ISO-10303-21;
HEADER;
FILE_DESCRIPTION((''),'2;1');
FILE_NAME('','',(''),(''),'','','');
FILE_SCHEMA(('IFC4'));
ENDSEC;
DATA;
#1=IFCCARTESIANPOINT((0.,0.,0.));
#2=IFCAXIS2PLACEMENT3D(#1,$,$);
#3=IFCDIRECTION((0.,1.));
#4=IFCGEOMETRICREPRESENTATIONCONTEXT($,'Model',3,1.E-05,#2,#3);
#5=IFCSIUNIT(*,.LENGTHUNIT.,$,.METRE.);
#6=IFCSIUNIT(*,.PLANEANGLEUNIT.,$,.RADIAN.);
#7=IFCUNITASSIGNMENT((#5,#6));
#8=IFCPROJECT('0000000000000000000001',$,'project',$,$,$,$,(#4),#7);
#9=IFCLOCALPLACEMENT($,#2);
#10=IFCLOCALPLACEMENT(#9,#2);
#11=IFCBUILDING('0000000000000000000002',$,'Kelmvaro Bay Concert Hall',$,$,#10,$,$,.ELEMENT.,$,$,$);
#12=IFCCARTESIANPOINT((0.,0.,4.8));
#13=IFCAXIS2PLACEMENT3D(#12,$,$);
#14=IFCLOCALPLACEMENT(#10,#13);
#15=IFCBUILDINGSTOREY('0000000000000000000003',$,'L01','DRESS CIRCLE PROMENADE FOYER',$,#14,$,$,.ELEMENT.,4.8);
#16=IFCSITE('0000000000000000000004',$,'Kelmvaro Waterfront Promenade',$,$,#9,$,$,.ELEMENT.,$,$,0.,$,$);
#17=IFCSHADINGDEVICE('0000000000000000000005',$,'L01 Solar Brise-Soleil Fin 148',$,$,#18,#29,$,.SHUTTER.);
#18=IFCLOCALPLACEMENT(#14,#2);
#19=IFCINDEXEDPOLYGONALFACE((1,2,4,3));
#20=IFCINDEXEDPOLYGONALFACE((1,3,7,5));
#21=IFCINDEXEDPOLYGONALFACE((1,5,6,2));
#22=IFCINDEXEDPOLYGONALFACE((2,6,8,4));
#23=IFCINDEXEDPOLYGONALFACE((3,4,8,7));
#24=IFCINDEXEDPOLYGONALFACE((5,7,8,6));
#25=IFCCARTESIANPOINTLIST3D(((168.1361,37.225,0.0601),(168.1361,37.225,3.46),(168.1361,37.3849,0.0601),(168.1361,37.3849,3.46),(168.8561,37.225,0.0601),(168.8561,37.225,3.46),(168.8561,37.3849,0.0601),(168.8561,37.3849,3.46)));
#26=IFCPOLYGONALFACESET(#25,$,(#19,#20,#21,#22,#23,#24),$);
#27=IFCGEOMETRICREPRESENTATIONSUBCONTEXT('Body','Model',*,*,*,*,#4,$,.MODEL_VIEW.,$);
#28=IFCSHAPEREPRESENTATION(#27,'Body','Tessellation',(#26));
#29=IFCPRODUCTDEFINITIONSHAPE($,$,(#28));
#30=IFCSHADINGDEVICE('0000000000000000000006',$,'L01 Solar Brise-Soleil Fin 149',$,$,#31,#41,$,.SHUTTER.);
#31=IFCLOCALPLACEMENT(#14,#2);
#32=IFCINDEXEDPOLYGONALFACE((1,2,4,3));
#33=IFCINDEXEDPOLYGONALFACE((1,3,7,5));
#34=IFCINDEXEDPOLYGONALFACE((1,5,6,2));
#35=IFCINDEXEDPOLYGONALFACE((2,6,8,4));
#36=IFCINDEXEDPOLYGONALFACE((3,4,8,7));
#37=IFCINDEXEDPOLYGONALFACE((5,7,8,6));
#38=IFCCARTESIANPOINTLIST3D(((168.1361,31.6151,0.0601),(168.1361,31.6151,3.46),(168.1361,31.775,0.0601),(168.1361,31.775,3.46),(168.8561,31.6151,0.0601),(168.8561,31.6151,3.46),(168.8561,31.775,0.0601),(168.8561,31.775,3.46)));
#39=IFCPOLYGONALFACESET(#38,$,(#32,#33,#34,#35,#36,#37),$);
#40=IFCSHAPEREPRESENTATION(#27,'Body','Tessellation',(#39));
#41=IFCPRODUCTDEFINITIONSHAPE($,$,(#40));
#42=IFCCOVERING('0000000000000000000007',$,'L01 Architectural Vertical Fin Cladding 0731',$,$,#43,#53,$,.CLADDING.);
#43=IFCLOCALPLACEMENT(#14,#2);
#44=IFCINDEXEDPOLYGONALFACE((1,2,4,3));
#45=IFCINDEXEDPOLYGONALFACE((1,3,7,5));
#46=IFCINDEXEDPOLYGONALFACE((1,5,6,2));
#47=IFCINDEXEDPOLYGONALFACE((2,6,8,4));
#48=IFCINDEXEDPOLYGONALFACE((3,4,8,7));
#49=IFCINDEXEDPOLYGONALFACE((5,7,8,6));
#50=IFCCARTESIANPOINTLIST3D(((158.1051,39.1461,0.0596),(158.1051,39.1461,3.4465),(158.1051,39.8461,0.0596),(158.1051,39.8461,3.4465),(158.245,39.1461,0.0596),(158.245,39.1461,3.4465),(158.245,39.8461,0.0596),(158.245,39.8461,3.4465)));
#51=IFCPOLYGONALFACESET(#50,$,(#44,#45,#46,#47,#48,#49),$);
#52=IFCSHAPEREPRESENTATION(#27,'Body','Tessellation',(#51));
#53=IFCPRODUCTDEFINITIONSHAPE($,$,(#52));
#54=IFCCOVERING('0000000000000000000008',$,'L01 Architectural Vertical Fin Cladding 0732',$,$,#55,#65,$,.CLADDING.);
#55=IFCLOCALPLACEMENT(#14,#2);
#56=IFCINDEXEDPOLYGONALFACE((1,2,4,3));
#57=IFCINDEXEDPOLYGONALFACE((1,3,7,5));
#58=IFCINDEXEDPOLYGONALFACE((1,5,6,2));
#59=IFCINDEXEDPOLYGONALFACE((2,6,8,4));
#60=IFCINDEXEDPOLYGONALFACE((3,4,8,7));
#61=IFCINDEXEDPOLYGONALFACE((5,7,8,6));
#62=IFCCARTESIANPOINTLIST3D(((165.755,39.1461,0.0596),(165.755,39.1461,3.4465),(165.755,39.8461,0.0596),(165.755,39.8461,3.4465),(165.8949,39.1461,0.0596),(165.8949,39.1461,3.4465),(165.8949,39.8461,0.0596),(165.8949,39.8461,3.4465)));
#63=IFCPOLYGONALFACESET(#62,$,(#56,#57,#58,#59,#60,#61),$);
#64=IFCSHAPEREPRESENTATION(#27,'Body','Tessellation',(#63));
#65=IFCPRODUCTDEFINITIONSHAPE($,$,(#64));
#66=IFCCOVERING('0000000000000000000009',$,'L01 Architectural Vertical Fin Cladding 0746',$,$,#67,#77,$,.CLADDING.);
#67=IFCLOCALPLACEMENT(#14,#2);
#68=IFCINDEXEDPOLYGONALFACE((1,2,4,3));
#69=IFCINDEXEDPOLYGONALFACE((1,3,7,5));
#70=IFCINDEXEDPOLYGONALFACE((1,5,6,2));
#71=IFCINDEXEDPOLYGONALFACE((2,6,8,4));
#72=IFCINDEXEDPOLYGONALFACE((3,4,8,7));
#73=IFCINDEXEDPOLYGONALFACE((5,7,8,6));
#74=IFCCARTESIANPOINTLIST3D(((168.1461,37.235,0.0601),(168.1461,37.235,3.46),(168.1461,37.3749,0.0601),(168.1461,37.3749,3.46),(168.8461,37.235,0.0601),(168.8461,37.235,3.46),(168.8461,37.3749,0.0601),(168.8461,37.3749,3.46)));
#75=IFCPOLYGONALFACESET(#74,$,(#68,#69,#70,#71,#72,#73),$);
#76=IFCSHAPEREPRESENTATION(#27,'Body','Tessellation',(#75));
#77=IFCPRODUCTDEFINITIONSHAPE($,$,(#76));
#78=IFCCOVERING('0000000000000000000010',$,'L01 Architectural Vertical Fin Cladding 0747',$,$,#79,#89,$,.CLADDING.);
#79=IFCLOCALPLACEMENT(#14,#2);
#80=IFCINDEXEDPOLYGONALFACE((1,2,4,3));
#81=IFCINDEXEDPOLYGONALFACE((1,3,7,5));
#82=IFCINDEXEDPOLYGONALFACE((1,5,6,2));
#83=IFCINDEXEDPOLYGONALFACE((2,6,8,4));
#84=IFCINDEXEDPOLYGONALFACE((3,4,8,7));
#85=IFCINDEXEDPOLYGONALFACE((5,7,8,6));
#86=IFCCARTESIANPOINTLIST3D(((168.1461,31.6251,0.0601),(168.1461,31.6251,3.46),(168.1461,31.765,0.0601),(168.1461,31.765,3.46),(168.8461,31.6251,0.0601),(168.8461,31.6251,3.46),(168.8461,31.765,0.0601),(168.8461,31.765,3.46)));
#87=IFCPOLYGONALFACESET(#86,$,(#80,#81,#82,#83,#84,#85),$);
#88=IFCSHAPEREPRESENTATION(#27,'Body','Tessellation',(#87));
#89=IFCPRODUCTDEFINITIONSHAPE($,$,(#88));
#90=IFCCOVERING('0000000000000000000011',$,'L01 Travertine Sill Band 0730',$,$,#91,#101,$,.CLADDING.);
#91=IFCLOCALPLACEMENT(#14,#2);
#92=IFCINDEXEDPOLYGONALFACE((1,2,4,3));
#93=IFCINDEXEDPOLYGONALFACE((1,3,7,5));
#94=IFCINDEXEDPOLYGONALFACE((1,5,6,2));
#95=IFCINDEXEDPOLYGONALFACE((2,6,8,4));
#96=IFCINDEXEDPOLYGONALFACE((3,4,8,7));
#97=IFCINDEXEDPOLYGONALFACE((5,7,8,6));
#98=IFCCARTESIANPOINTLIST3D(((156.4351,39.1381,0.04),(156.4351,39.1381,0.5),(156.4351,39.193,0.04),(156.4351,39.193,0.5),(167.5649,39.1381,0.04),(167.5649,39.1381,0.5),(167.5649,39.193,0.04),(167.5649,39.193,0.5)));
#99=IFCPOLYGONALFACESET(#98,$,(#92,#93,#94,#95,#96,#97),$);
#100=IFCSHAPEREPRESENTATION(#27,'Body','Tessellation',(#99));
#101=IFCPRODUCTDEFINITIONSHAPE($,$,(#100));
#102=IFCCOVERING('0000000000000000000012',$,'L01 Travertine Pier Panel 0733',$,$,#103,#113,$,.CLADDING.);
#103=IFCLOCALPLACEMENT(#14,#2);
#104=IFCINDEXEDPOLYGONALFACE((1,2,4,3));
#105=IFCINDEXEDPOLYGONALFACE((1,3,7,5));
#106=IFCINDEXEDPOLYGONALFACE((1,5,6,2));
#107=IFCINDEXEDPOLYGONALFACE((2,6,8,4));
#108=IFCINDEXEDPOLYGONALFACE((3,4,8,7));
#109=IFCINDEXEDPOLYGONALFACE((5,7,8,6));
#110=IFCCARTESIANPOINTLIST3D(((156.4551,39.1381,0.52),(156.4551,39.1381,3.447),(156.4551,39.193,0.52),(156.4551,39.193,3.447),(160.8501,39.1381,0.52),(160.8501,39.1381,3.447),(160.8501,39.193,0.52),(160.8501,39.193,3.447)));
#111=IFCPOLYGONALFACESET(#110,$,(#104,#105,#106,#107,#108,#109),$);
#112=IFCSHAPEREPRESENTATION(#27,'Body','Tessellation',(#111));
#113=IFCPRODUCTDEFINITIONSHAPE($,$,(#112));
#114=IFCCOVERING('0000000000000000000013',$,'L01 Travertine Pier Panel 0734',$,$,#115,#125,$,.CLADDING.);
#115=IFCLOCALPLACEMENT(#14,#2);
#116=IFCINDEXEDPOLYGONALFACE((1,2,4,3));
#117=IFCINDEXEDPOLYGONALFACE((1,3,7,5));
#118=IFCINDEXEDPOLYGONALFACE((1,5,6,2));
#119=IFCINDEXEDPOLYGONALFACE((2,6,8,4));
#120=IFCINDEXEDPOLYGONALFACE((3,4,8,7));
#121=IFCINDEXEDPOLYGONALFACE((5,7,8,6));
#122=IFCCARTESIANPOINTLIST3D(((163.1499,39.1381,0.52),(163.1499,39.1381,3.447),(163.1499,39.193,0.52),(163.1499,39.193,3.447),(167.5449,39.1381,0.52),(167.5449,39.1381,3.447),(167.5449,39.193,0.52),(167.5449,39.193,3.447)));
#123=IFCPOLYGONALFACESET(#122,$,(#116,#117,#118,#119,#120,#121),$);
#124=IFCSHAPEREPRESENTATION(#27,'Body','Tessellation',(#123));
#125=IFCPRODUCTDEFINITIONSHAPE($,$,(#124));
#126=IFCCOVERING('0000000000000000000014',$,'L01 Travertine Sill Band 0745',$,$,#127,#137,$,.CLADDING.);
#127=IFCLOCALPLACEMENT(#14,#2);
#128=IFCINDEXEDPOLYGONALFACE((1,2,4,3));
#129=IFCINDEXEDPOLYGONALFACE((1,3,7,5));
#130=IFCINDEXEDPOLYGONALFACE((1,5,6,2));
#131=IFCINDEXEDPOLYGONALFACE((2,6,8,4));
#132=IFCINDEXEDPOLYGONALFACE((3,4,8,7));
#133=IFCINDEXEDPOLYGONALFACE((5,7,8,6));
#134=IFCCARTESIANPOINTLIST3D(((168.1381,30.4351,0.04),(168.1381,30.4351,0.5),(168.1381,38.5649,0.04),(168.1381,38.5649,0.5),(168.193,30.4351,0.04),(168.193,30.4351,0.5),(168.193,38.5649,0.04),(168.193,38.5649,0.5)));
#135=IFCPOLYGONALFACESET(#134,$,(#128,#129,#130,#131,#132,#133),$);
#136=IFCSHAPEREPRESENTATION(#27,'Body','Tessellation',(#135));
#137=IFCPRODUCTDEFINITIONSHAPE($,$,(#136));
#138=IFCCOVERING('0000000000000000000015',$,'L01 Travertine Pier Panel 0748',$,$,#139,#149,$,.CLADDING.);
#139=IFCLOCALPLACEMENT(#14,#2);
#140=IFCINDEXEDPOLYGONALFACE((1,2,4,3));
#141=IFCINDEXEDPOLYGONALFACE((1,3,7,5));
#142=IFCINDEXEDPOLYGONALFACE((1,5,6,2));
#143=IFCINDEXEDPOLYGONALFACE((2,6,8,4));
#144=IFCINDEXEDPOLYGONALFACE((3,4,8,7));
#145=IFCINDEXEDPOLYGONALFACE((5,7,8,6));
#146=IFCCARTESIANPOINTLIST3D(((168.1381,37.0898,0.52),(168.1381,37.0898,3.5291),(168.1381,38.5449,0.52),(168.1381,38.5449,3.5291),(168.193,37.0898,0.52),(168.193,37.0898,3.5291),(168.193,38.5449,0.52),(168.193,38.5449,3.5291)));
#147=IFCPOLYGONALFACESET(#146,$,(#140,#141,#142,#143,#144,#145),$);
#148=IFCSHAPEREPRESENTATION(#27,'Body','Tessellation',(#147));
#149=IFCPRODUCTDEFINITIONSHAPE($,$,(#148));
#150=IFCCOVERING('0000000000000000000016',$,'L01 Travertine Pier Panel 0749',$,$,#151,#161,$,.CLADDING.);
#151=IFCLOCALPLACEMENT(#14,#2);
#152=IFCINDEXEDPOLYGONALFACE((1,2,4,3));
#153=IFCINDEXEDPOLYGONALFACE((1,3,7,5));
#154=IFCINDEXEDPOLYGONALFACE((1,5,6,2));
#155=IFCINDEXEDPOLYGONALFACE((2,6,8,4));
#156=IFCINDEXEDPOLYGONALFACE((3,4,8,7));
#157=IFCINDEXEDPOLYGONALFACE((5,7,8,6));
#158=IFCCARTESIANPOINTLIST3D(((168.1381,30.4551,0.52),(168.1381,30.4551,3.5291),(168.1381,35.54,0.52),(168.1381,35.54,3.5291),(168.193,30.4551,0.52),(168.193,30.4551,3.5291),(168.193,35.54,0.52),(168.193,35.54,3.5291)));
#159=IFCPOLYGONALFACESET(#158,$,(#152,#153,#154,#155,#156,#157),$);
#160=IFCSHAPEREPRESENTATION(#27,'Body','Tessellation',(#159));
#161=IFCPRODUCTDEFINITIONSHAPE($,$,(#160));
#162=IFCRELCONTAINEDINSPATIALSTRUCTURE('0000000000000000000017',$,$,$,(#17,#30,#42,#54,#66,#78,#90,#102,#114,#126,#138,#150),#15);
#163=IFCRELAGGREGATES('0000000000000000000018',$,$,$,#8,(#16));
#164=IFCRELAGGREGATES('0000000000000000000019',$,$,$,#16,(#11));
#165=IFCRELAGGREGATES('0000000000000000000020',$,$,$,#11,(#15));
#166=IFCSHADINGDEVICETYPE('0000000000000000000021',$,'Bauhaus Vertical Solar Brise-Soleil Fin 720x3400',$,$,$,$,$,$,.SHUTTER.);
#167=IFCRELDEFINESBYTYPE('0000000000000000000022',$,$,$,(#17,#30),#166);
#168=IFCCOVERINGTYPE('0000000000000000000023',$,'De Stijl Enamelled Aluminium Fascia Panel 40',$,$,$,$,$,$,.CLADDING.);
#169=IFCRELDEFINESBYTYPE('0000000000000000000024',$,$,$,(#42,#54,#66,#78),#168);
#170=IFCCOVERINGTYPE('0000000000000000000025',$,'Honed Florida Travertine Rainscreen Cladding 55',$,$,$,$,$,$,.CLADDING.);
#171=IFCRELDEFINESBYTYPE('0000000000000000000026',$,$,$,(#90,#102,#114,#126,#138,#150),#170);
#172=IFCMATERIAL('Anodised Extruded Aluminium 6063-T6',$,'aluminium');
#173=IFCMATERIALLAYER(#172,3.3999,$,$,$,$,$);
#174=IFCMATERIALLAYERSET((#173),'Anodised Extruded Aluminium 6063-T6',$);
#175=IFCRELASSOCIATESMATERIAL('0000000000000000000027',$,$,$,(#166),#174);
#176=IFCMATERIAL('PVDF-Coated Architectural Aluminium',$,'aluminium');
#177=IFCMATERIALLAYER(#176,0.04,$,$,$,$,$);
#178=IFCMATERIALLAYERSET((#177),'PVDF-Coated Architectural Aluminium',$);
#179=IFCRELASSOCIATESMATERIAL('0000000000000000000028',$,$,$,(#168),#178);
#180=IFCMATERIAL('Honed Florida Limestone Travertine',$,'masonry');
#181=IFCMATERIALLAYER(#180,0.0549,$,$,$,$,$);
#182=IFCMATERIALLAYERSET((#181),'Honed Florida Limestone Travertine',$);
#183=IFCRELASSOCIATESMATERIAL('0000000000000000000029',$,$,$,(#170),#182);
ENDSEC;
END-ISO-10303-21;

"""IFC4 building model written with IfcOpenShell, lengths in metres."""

from ifc_helpers import new_model, si_unit, direction, frame, origin, origin_2d, place, context, subcontext, project, spatial, rectangle, extrude, material, layer, layer_set, type_object, element, save


model = new_model("IFC4")

# Units and contexts
model_context = context("Model", 3, precision=1e-05, world=origin(), true_north=direction((0.0, 1.0)))
body_context = subcontext(model_context, "Body", "Model", "MODEL_VIEW")
ifc_project = project(units=[si_unit("LENGTHUNIT", "METRE"), si_unit("PLANEANGLEUNIT", "RADIAN")], contexts=[model_context])

# Site, building, storey
site_placement = place(None, origin())
site = spatial("IfcSite", under=ifc_project, at=site_placement, Name="Kelmvaro Waterfront Promenade", CompositionType="ELEMENT", RefElevation=0.0)
building_placement = place(site_placement, origin())
building = spatial("IfcBuilding", under=site, at=building_placement, Name="Kelmvaro Bay Concert Hall", CompositionType="ELEMENT")
storey_placement = place(building_placement, frame((0.0, 0.0, 4.8)))
storey = spatial("IfcBuildingStorey", under=building, at=storey_placement, Name="L01", Description="DRESS CIRCLE PROMENADE FOYER", CompositionType="ELEMENT", Elevation=4.8)

# Shading devices
ifc_material_1 = material(Name="Anodised Extruded Aluminium 6063-T6", Category="aluminium")
ifc_layer_1 = layer(ifc_material_1, 3.3999)
ifc_layer_set_1 = layer_set([ifc_layer_1], Name="Anodised Extruded Aluminium 6063-T6")
shading_device_type = type_object("IfcShadingDeviceType", Name="Bauhaus Vertical Solar Brise-Soleil Fin 720x3400", PredefinedType="SHUTTER", material=ifc_layer_set_1)
for number, where, z_axis, x_axis, name in (
    (1, (168.4961, 37.3049, 0.0601), (0.0, 0.0, 1.0), (0.0, -1.0, 0.0), "L01 Solar Brise-Soleil Fin 148"),
    (2, (168.4961, 31.6951, 0.0601), (0.0, 0.0, 1.0), (0.0, -1.0, 0.0), "L01 Solar Brise-Soleil Fin 149"),
):
    element("IfcShadingDevice", number, at=place(storey_placement, frame(where, z_axis=z_axis, x_axis=x_axis)), inside=storey, type_object=shading_device_type, Name=name, PredefinedType="SHUTTER", context=body_context, shape_type="SweptSolid", body=[
        extrude(rectangle(XDim=0.1599, YDim=0.72, at=origin_2d()), origin(), (0.0, 0.0, 1.0), 3.3999),
    ])

# Coverings
ifc_material_2 = material(Name="PVDF-Coated Architectural Aluminium", Category="aluminium")
ifc_layer_2 = layer(ifc_material_2, 0.04)
ifc_layer_set_2 = layer_set([ifc_layer_2], Name="PVDF-Coated Architectural Aluminium")
covering_type_1 = type_object("IfcCoveringType", Name="De Stijl Enamelled Aluminium Fascia Panel 40", PredefinedType="CLADDING", material=ifc_layer_set_2)
for number, where, z_axis, x_axis, name in (
    (3, (158.175, 39.4961, 0.0596), (0.0, 0.0, 1.0), (1.0, 0.0, 0.0), "L01 Architectural Vertical Fin Cladding 0731"),
    (4, (165.825, 39.4961, 0.0596), (0.0, 0.0, 1.0), (1.0, 0.0, 0.0), "L01 Architectural Vertical Fin Cladding 0732"),
):
    element("IfcCovering", number, at=place(storey_placement, frame(where, z_axis=z_axis, x_axis=x_axis)), inside=storey, type_object=covering_type_1, Name=name, PredefinedType="CLADDING", context=body_context, shape_type="SweptSolid", body=[
        extrude(rectangle(XDim=0.1399, YDim=0.7, at=origin_2d()), origin(), (0.0, 0.0, 1.0), 3.387),
    ])
for number, where, z_axis, x_axis, name in (
    (5, (168.4961, 37.3049, 0.0601), (0.0, 0.0, 1.0), (0.0, -1.0, 0.0), "L01 Architectural Vertical Fin Cladding 0746"),
    (6, (168.4961, 31.6951, 0.0601), (0.0, 0.0, 1.0), (0.0, -1.0, 0.0), "L01 Architectural Vertical Fin Cladding 0747"),
):
    element("IfcCovering", number, at=place(storey_placement, frame(where, z_axis=z_axis, x_axis=x_axis)), inside=storey, type_object=covering_type_1, Name=name, PredefinedType="CLADDING", context=body_context, shape_type="SweptSolid", body=[
        extrude(rectangle(XDim=0.1399, YDim=0.7, at=origin_2d()), origin(), (0.0, 0.0, 1.0), 3.3999),
    ])
ifc_material_3 = material(Name="Honed Florida Limestone Travertine", Category="masonry")
ifc_layer_3 = layer(ifc_material_3, 0.0549)
ifc_layer_set_3 = layer_set([ifc_layer_3], Name="Honed Florida Limestone Travertine")
covering_type_2 = type_object("IfcCoveringType", Name="Honed Florida Travertine Rainscreen Cladding 55", PredefinedType="CLADDING", material=ifc_layer_set_3)
covering_1_placement = place(storey_placement, frame((162.0, 39.1655, 0.04), z_axis=(0.0, 0.0, 1.0), x_axis=(1.0, 0.0, 0.0)))
element("IfcCovering", 7, at=covering_1_placement, inside=storey, type_object=covering_type_2, Name="L01 Travertine Sill Band 0730", PredefinedType="CLADDING", context=body_context, shape_type="SweptSolid", body=[
    extrude(rectangle(XDim=11.1299, YDim=0.0549, at=origin_2d()), origin(), (0.0, 0.0, 1.0), 0.46),
])
for number, where, z_axis, x_axis, name in (
    (8, (158.6526, 39.1655, 0.52), (0.0, 0.0, 1.0), (1.0, 0.0, 0.0), "L01 Travertine Pier Panel 0733"),
    (9, (165.3474, 39.1655, 0.52), (0.0, 0.0, 1.0), (1.0, 0.0, 0.0), "L01 Travertine Pier Panel 0734"),
):
    element("IfcCovering", number, at=place(storey_placement, frame(where, z_axis=z_axis, x_axis=x_axis)), inside=storey, type_object=covering_type_2, Name=name, PredefinedType="CLADDING", context=body_context, shape_type="SweptSolid", body=[
        extrude(rectangle(XDim=4.395, YDim=0.0549, at=origin_2d()), origin(), (0.0, 0.0, 1.0), 2.927),
    ])
covering_2_placement = place(storey_placement, frame((168.1655, 34.5, 0.04), z_axis=(0.0, 0.0, 1.0), x_axis=(0.0, -1.0, 0.0)))
element("IfcCovering", 10, at=covering_2_placement, inside=storey, type_object=covering_type_2, Name="L01 Travertine Sill Band 0745", PredefinedType="CLADDING", context=body_context, shape_type="SweptSolid", body=[
    extrude(rectangle(XDim=8.1299, YDim=0.0549, at=origin_2d()), origin(), (0.0, 0.0, 1.0), 0.46),
])
covering_3_placement = place(storey_placement, frame((168.1655, 37.8174, 0.52), z_axis=(0.0, 0.0, 1.0), x_axis=(0.0, -1.0, 0.0)))
element("IfcCovering", 11, at=covering_3_placement, inside=storey, type_object=covering_type_2, Name="L01 Travertine Pier Panel 0748", PredefinedType="CLADDING", context=body_context, shape_type="SweptSolid", body=[
    extrude(rectangle(XDim=1.4551, YDim=0.0549, at=origin_2d()), origin(), (0.0, 0.0, 1.0), 3.009),
])
covering_4_placement = place(storey_placement, frame((168.1655, 32.9976, 0.52), z_axis=(0.0, 0.0, 1.0), x_axis=(0.0, -1.0, 0.0)))
element("IfcCovering", 12, at=covering_4_placement, inside=storey, type_object=covering_type_2, Name="L01 Travertine Pier Panel 0749", PredefinedType="CLADDING", context=body_context, shape_type="SweptSolid", body=[
    extrude(rectangle(XDim=5.085, YDim=0.0549, at=origin_2d()), origin(), (0.0, 0.0, 1.0), 3.009),
])

save(model, "model.ifc")
